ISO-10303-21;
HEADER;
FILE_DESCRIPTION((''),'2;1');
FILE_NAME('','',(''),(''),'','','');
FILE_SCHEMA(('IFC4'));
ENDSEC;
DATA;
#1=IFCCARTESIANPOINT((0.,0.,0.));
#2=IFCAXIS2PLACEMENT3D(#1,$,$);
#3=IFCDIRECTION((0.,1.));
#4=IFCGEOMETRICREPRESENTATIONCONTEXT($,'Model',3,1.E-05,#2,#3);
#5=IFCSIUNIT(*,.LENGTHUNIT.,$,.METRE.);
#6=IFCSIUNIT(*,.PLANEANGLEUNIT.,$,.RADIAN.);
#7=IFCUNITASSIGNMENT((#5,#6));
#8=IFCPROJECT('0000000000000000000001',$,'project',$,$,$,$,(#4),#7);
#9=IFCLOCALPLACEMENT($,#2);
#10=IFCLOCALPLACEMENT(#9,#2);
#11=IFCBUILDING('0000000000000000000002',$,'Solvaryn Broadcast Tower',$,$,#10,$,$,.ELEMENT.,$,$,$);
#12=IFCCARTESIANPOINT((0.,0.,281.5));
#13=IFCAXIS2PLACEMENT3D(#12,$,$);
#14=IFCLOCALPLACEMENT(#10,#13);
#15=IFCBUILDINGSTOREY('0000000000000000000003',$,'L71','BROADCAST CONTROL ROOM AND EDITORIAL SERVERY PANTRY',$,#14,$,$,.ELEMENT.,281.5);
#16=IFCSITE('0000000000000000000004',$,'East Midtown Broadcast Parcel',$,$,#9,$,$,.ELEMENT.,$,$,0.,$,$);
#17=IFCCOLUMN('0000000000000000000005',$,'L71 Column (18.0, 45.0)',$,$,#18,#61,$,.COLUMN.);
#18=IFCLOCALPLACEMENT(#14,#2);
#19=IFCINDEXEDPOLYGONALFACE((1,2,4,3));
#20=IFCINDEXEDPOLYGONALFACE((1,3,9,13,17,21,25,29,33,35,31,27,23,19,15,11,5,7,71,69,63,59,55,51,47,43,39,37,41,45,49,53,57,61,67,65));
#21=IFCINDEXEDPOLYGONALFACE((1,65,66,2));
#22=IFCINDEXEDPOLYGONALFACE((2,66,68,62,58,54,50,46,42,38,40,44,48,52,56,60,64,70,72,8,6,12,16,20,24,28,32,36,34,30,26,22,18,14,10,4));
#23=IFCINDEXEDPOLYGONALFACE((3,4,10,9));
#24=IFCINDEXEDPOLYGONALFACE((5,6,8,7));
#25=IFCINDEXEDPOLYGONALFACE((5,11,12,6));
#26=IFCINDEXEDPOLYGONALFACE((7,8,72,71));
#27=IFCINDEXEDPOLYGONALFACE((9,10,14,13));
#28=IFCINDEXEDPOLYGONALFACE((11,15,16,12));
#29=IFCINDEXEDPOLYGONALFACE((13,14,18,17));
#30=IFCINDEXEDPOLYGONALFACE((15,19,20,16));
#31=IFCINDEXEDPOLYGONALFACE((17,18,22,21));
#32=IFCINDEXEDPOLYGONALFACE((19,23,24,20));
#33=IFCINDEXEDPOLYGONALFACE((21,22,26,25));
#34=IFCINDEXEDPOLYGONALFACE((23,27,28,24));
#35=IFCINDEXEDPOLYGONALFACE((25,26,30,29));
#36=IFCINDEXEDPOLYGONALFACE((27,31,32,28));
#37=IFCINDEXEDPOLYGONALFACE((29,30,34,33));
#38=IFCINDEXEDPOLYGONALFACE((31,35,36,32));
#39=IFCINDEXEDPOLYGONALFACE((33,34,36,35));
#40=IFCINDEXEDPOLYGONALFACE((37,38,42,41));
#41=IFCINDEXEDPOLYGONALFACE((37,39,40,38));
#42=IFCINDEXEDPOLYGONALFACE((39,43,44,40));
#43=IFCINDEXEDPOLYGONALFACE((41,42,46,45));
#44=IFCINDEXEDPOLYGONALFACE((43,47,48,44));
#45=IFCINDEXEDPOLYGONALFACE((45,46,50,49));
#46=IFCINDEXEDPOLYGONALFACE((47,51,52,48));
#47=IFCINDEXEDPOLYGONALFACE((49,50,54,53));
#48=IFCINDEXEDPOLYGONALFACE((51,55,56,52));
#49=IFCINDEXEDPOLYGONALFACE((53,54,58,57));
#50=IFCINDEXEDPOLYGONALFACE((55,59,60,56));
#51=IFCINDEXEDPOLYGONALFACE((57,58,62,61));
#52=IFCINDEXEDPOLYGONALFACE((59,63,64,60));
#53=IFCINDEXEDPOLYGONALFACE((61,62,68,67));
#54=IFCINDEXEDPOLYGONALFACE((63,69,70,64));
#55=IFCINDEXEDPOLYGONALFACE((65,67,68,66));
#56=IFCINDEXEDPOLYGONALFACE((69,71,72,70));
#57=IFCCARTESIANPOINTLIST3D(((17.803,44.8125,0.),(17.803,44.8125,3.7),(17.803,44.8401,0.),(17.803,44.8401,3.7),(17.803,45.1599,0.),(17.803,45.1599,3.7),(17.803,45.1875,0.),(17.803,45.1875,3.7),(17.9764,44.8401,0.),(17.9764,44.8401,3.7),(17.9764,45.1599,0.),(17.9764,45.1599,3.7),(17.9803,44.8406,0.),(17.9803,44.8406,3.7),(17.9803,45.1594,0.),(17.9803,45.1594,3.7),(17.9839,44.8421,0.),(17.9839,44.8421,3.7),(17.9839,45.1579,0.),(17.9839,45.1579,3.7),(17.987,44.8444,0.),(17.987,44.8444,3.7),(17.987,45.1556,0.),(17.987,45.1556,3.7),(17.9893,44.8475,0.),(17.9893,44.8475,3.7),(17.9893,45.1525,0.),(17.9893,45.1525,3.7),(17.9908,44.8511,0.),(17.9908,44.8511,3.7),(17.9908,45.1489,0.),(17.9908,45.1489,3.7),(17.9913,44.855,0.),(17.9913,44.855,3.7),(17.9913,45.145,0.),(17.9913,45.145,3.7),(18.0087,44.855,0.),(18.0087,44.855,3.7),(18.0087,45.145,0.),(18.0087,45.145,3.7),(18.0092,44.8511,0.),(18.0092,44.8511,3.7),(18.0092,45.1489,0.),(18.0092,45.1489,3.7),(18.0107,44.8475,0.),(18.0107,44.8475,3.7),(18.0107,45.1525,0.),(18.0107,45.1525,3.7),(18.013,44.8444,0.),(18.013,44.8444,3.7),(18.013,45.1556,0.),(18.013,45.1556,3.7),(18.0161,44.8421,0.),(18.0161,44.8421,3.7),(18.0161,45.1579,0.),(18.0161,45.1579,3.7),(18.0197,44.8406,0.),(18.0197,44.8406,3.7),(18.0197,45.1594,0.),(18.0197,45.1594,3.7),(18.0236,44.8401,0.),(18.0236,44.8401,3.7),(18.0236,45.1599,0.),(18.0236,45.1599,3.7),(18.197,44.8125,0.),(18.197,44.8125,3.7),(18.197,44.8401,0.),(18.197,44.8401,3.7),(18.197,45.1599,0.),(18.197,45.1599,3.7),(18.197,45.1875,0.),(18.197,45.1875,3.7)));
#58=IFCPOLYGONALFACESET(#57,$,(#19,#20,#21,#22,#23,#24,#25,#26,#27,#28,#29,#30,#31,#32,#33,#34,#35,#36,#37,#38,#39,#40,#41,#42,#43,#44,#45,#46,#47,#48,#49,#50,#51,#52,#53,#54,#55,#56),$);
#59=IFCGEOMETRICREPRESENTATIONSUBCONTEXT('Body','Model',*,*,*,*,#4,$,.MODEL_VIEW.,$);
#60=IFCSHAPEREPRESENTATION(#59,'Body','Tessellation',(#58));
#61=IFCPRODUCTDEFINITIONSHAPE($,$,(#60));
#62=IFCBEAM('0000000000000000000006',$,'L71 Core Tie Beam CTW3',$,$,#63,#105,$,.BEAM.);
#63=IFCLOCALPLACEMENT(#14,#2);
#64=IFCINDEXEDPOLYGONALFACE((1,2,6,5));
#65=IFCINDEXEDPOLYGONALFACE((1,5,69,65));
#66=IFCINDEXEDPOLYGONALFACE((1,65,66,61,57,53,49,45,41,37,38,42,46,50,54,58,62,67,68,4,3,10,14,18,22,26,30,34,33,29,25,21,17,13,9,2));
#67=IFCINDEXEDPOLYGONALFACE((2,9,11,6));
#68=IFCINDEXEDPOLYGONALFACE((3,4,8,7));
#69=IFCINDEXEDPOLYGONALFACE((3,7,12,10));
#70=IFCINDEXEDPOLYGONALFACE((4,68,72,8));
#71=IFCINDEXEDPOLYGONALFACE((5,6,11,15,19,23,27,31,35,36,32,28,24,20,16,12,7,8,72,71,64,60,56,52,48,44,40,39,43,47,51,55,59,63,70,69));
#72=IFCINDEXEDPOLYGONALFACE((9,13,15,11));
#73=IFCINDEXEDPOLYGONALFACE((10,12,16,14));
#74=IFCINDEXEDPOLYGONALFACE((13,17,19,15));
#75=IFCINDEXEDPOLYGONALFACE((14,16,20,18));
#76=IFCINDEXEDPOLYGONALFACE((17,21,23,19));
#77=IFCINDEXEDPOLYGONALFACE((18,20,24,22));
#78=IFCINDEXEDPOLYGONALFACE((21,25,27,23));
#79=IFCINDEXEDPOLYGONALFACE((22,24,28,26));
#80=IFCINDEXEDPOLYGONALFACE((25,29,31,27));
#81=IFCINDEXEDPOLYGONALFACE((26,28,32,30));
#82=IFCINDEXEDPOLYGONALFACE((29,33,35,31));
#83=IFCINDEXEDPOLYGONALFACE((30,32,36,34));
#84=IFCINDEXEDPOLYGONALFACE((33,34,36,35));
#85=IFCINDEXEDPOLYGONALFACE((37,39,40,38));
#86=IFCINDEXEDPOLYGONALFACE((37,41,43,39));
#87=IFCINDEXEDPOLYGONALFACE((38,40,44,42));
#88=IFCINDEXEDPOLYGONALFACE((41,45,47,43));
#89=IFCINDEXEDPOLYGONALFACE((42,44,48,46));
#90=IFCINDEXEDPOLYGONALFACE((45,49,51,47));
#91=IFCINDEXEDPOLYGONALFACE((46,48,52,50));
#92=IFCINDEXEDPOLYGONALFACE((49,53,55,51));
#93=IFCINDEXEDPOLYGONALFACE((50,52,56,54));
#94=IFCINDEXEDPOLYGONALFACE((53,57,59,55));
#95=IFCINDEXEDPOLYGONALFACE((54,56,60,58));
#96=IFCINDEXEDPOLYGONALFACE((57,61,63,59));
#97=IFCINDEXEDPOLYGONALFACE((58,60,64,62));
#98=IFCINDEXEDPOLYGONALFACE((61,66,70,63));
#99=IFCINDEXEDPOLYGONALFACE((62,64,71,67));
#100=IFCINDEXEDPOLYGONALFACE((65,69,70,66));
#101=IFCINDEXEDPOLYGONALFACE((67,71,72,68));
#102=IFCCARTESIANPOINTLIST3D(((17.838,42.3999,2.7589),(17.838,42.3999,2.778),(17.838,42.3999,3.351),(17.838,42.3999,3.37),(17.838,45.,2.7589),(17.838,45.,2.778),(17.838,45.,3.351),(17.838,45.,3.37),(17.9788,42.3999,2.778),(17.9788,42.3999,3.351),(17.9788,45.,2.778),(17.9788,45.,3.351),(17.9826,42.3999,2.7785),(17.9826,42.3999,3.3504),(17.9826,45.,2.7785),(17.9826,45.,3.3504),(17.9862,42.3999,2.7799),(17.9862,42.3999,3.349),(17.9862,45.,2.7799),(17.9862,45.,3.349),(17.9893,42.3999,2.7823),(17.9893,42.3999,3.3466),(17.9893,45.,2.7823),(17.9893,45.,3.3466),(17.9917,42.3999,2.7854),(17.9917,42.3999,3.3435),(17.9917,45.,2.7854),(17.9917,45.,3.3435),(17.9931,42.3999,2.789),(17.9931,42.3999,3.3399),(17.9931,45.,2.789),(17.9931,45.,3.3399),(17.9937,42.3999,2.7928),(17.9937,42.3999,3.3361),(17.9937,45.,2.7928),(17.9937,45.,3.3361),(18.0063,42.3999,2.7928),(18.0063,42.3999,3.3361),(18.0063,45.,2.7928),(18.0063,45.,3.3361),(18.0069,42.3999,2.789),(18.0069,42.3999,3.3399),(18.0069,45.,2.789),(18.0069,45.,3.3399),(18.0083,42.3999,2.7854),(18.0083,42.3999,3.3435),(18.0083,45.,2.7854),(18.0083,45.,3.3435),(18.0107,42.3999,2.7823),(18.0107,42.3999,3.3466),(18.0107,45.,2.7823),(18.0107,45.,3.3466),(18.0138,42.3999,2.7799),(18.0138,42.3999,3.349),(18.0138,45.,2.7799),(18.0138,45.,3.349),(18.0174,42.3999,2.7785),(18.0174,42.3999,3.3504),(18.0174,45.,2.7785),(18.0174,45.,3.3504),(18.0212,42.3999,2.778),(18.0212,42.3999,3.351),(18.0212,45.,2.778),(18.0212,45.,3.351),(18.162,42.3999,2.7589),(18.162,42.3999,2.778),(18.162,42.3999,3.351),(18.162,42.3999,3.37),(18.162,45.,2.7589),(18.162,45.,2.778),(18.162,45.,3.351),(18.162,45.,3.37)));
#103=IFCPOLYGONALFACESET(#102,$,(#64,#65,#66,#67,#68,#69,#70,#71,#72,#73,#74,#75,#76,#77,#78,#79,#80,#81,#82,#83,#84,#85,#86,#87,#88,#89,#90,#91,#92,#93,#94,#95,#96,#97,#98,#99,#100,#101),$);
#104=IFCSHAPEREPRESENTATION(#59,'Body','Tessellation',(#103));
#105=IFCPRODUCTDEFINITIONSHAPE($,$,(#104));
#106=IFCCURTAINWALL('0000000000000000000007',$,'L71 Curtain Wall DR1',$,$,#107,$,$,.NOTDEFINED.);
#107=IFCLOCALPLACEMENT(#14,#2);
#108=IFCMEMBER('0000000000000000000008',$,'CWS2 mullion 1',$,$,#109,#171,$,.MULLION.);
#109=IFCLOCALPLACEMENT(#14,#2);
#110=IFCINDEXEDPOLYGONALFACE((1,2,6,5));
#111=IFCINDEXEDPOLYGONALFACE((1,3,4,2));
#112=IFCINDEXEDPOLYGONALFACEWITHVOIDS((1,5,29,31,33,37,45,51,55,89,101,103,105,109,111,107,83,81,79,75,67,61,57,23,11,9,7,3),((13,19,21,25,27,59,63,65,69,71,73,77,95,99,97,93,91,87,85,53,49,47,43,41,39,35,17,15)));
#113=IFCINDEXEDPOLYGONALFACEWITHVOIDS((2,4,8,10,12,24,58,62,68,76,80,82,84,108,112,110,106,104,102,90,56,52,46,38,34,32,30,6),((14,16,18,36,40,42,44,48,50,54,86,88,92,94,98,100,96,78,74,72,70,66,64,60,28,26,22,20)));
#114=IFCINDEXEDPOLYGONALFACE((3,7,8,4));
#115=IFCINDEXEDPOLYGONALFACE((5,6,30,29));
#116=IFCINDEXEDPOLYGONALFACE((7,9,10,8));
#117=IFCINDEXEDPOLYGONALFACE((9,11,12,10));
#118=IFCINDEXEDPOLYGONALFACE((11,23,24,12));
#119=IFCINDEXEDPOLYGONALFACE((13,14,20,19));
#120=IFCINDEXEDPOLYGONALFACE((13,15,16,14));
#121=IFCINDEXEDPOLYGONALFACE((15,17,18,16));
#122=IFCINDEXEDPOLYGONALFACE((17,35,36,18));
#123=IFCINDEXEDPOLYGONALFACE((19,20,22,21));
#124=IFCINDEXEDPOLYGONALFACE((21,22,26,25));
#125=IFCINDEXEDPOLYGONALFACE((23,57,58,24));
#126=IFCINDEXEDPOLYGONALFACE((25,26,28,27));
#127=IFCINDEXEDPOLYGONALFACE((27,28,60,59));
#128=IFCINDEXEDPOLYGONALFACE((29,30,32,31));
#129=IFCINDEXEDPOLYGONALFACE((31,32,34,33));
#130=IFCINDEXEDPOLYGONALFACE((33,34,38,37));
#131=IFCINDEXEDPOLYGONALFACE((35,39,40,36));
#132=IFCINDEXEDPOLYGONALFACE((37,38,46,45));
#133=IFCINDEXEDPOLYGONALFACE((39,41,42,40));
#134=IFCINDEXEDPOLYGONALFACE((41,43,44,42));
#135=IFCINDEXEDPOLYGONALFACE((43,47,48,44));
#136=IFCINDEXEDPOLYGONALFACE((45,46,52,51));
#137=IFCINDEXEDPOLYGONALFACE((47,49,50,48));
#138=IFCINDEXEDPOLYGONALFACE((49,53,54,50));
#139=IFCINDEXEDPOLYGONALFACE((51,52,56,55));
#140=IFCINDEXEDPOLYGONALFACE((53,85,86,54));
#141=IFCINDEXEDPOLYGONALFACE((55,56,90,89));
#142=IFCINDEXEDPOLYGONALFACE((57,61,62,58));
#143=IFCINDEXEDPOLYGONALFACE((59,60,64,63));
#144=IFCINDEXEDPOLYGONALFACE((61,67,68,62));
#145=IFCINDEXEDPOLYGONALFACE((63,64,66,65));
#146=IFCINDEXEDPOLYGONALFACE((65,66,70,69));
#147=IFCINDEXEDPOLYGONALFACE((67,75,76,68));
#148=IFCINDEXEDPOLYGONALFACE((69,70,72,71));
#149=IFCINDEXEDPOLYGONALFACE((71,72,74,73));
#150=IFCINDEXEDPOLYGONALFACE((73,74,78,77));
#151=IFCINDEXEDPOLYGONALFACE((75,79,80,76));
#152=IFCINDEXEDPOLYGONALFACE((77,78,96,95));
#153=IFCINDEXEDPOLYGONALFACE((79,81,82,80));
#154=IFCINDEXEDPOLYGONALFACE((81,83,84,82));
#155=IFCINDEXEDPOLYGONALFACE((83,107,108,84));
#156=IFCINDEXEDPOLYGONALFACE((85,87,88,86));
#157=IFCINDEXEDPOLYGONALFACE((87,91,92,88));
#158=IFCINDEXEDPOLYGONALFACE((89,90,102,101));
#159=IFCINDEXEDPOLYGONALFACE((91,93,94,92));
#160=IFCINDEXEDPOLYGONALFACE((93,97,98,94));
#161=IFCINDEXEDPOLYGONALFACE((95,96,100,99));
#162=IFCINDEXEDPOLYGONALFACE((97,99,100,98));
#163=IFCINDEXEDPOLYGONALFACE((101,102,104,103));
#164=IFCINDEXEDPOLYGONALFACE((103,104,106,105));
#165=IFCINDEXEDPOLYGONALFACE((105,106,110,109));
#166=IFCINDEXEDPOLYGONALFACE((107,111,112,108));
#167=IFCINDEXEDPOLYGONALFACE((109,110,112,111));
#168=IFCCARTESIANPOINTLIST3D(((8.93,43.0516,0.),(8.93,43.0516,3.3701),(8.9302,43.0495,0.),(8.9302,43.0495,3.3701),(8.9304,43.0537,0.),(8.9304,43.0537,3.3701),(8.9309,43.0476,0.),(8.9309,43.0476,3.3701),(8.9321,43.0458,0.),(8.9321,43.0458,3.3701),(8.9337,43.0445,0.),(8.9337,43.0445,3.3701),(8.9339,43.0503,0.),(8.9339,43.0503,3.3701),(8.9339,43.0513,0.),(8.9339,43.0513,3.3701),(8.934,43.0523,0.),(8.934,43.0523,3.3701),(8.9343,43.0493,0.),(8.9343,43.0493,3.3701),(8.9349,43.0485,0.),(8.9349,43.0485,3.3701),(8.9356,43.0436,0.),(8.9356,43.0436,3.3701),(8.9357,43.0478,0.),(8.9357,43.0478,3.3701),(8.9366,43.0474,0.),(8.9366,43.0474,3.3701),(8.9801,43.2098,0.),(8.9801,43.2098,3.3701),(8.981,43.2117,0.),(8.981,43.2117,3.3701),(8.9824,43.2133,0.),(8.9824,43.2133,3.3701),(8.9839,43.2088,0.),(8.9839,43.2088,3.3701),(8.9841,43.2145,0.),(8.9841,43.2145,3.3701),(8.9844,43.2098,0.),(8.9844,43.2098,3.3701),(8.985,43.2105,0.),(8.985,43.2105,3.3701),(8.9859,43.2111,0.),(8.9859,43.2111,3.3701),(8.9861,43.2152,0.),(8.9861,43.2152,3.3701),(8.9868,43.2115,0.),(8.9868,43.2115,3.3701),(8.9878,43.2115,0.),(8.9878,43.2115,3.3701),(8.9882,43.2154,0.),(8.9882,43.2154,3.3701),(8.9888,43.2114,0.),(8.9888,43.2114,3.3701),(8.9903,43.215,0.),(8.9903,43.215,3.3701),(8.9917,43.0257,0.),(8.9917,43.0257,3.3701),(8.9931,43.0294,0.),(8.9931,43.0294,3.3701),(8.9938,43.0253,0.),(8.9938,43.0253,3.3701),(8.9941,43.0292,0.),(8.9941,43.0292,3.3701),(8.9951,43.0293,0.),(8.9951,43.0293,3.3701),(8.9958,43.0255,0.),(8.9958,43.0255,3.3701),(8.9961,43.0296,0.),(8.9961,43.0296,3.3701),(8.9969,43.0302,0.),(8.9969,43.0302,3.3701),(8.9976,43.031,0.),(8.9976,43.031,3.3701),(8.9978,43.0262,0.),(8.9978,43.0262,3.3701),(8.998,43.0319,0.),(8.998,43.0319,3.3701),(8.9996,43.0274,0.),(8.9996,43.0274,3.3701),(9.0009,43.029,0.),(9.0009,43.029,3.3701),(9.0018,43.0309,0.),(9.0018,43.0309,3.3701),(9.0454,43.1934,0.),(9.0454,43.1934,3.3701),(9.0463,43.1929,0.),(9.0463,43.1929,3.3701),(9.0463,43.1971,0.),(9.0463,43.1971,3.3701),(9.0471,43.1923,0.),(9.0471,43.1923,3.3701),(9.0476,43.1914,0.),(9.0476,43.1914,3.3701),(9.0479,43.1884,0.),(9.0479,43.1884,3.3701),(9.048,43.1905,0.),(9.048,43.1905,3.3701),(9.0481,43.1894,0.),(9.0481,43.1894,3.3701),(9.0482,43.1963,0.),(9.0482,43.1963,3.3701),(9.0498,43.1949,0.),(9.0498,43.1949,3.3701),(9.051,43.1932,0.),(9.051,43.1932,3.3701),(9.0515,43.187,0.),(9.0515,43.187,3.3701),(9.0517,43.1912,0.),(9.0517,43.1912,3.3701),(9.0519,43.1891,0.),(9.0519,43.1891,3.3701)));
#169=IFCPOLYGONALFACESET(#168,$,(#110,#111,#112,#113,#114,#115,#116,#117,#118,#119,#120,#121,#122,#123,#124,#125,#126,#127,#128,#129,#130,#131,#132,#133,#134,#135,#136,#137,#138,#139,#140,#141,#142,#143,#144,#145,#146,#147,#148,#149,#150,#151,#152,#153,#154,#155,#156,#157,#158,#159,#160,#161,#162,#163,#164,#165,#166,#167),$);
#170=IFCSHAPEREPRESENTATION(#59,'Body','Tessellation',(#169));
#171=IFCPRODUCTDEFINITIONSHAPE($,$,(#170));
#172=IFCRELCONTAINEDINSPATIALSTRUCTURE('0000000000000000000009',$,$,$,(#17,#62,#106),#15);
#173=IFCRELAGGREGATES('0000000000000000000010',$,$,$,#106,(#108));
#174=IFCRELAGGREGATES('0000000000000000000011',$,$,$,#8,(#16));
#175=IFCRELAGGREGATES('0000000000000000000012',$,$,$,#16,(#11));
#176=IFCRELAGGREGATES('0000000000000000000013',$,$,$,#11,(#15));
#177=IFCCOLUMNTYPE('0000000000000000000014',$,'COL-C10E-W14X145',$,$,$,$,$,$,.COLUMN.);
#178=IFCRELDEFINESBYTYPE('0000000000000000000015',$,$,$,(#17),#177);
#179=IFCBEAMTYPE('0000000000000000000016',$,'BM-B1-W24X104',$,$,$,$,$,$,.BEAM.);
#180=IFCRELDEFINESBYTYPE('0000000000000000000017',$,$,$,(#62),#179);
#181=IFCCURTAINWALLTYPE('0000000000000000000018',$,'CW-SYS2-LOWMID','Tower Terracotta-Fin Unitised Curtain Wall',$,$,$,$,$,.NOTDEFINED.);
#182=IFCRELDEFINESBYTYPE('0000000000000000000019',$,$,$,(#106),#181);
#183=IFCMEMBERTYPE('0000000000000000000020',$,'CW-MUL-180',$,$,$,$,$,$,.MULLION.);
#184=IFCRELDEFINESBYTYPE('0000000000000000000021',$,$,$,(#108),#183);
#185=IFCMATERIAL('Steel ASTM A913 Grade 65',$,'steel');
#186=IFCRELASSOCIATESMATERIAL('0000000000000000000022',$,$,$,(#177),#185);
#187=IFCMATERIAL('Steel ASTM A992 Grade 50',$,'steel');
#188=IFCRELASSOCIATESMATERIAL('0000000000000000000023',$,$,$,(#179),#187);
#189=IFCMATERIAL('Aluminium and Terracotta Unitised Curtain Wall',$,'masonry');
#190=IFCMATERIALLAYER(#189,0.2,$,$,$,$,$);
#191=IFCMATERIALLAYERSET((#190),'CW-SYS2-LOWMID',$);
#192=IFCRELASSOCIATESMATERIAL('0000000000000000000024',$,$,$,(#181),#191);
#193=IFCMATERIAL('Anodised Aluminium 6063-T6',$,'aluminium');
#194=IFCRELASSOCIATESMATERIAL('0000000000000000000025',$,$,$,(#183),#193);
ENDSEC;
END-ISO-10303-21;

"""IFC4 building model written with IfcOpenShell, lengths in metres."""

from ifc_helpers import new_model, si_unit, direction, frame, origin, origin_2d, place, context, subcontext, project, spatial, hollow_rectangle, i_section, extrude, material, layer, layer_set, material_profile, profile_set, type_object, element, aggregate, save


model = new_model("IFC4")

# Units and contexts
model_context = context("Model", 3, precision=1e-05, world=origin(), true_north=direction((0.0, 1.0)))
body_context = subcontext(model_context, "Body", "Model", "MODEL_VIEW")
ifc_project = project(units=[si_unit("LENGTHUNIT", "METRE"), si_unit("PLANEANGLEUNIT", "RADIAN")], contexts=[model_context])

# Site, building, storey
site_placement = place(None, origin())
site = spatial("IfcSite", under=ifc_project, at=site_placement, Name="East Midtown Broadcast Parcel", CompositionType="ELEMENT", RefElevation=0.0)
building_placement = place(site_placement, origin())
building = spatial("IfcBuilding", under=site, at=building_placement, Name="Solvaryn Broadcast Tower", CompositionType="ELEMENT")
storey_placement = place(building_placement, frame((0.0, 0.0, 281.5)))
storey = spatial("IfcBuildingStorey", under=building, at=storey_placement, Name="L71", Description="BROADCAST CONTROL ROOM AND EDITORIAL SERVERY PANTRY", CompositionType="ELEMENT", Elevation=281.5)

# Column
ifc_material_1 = material(Name="Steel ASTM A913 Grade 65", Category="steel")
ifc_material_profile_1 = material_profile(ifc_material_1, i_section(OverallWidth=0.394, OverallDepth=0.375, WebThickness=0.0173, FlangeThickness=0.0276, FilletRadius=0.0149, at=origin_2d()))
ifc_profile_set_1 = profile_set([ifc_material_profile_1], Name="Steel ASTM A913 Grade 65")
column_type = type_object("IfcColumnType", Name="COL-C10E-W14X145", PredefinedType="COLUMN", material=ifc_profile_set_1)
column_placement = place(storey_placement, frame((18.0, 45.0, 0.0), z_axis=(0.0, 0.0, 1.0), x_axis=(1.0, 0.0, 0.0)))
element("IfcColumn", 1, at=column_placement, inside=storey, type_object=column_type, Name="L71 Column (18.0, 45.0)", PredefinedType="COLUMN", context=body_context, shape_type="SweptSolid", body=[
    extrude(i_section(OverallWidth=0.394, OverallDepth=0.375, WebThickness=0.0173, FlangeThickness=0.0276, FilletRadius=0.0149, at=origin_2d()), origin(), (0.0, 0.0, 1.0), 3.7),
])

# Beam
ifc_material_2 = material(Name="Steel ASTM A992 Grade 50", Category="steel")
ifc_material_profile_2 = material_profile(ifc_material_2, i_section(OverallWidth=0.324, OverallDepth=0.6111, WebThickness=0.0127, FlangeThickness=0.019, FilletRadius=0.0149, at=origin_2d()))
ifc_profile_set_2 = profile_set([ifc_material_profile_2], Name="Steel ASTM A992 Grade 50")
beam_type = type_object("IfcBeamType", Name="BM-B1-W24X104", PredefinedType="BEAM", material=ifc_profile_set_2)
beam_placement = place(storey_placement, frame((18.0, 42.3999, 3.0645), z_axis=(0.0, 1.0, 0.0), x_axis=(-1.0, 0.0, 0.0)))
element("IfcBeam", 2, at=beam_placement, inside=storey, type_object=beam_type, Name="L71 Core Tie Beam CTW3", PredefinedType="BEAM", context=body_context, shape_type="SweptSolid", body=[
    extrude(i_section(OverallWidth=0.324, OverallDepth=0.6111, WebThickness=0.0127, FlangeThickness=0.019, FilletRadius=0.0149, at=origin_2d()), origin(), (0.0, 0.0, 1.0), 2.6001),
])

# Curtain wall, member
ifc_material_3 = material(Name="Aluminium and Terracotta Unitised Curtain Wall", Category="masonry")
ifc_layer_1 = layer(ifc_material_3, 0.2)
ifc_layer_set_1 = layer_set([ifc_layer_1], Name="CW-SYS2-LOWMID")
curtain_wall_type = type_object("IfcCurtainWallType", Name="CW-SYS2-LOWMID", Description="Tower Terracotta-Fin Unitised Curtain Wall", PredefinedType="NOTDEFINED", material=ifc_layer_set_1)
curtain_wall_1_placement = place(storey_placement, origin())
curtain_wall_1 = element("IfcCurtainWall", 3, at=curtain_wall_1_placement, inside=storey, type_object=curtain_wall_type, Name="L71 Curtain Wall DR1", PredefinedType="NOTDEFINED")
ifc_material_4 = material(Name="Anodised Aluminium 6063-T6", Category="aluminium")
ifc_material_profile_3 = material_profile(ifc_material_4, hollow_rectangle(XDim=0.075, YDim=0.1799, WallThickness=0.0039, InnerFilletRadius=0.0039, OuterFilletRadius=0.0081, at=origin_2d()))
ifc_profile_set_3 = profile_set([ifc_material_profile_3], Name="Anodised Aluminium 6063-T6")
member_type_1 = type_object("IfcMemberType", Name="CW-MUL-180", PredefinedType="MULLION", material=ifc_profile_set_3)
member_1_placement = place(storey_placement, frame((8.991, 43.1204, 0.0), z_axis=(0.0, 0.0, 1.0), x_axis=(0.952795, -0.303616, 0.0)))
member_1 = element("IfcMember", 4, at=member_1_placement, type_object=member_type_1, Name="CWS2 mullion 1", PredefinedType="MULLION", context=body_context, shape_type="SweptSolid", body=[
    extrude(hollow_rectangle(XDim=0.075, YDim=0.1799, WallThickness=0.0039, InnerFilletRadius=0.0039, OuterFilletRadius=0.0081, at=origin_2d()), origin(), (0.0, 0.0, 1.0), 3.3701),
])

aggregate(curtain_wall_1, [member_1])

save(model, "model.ifc")
